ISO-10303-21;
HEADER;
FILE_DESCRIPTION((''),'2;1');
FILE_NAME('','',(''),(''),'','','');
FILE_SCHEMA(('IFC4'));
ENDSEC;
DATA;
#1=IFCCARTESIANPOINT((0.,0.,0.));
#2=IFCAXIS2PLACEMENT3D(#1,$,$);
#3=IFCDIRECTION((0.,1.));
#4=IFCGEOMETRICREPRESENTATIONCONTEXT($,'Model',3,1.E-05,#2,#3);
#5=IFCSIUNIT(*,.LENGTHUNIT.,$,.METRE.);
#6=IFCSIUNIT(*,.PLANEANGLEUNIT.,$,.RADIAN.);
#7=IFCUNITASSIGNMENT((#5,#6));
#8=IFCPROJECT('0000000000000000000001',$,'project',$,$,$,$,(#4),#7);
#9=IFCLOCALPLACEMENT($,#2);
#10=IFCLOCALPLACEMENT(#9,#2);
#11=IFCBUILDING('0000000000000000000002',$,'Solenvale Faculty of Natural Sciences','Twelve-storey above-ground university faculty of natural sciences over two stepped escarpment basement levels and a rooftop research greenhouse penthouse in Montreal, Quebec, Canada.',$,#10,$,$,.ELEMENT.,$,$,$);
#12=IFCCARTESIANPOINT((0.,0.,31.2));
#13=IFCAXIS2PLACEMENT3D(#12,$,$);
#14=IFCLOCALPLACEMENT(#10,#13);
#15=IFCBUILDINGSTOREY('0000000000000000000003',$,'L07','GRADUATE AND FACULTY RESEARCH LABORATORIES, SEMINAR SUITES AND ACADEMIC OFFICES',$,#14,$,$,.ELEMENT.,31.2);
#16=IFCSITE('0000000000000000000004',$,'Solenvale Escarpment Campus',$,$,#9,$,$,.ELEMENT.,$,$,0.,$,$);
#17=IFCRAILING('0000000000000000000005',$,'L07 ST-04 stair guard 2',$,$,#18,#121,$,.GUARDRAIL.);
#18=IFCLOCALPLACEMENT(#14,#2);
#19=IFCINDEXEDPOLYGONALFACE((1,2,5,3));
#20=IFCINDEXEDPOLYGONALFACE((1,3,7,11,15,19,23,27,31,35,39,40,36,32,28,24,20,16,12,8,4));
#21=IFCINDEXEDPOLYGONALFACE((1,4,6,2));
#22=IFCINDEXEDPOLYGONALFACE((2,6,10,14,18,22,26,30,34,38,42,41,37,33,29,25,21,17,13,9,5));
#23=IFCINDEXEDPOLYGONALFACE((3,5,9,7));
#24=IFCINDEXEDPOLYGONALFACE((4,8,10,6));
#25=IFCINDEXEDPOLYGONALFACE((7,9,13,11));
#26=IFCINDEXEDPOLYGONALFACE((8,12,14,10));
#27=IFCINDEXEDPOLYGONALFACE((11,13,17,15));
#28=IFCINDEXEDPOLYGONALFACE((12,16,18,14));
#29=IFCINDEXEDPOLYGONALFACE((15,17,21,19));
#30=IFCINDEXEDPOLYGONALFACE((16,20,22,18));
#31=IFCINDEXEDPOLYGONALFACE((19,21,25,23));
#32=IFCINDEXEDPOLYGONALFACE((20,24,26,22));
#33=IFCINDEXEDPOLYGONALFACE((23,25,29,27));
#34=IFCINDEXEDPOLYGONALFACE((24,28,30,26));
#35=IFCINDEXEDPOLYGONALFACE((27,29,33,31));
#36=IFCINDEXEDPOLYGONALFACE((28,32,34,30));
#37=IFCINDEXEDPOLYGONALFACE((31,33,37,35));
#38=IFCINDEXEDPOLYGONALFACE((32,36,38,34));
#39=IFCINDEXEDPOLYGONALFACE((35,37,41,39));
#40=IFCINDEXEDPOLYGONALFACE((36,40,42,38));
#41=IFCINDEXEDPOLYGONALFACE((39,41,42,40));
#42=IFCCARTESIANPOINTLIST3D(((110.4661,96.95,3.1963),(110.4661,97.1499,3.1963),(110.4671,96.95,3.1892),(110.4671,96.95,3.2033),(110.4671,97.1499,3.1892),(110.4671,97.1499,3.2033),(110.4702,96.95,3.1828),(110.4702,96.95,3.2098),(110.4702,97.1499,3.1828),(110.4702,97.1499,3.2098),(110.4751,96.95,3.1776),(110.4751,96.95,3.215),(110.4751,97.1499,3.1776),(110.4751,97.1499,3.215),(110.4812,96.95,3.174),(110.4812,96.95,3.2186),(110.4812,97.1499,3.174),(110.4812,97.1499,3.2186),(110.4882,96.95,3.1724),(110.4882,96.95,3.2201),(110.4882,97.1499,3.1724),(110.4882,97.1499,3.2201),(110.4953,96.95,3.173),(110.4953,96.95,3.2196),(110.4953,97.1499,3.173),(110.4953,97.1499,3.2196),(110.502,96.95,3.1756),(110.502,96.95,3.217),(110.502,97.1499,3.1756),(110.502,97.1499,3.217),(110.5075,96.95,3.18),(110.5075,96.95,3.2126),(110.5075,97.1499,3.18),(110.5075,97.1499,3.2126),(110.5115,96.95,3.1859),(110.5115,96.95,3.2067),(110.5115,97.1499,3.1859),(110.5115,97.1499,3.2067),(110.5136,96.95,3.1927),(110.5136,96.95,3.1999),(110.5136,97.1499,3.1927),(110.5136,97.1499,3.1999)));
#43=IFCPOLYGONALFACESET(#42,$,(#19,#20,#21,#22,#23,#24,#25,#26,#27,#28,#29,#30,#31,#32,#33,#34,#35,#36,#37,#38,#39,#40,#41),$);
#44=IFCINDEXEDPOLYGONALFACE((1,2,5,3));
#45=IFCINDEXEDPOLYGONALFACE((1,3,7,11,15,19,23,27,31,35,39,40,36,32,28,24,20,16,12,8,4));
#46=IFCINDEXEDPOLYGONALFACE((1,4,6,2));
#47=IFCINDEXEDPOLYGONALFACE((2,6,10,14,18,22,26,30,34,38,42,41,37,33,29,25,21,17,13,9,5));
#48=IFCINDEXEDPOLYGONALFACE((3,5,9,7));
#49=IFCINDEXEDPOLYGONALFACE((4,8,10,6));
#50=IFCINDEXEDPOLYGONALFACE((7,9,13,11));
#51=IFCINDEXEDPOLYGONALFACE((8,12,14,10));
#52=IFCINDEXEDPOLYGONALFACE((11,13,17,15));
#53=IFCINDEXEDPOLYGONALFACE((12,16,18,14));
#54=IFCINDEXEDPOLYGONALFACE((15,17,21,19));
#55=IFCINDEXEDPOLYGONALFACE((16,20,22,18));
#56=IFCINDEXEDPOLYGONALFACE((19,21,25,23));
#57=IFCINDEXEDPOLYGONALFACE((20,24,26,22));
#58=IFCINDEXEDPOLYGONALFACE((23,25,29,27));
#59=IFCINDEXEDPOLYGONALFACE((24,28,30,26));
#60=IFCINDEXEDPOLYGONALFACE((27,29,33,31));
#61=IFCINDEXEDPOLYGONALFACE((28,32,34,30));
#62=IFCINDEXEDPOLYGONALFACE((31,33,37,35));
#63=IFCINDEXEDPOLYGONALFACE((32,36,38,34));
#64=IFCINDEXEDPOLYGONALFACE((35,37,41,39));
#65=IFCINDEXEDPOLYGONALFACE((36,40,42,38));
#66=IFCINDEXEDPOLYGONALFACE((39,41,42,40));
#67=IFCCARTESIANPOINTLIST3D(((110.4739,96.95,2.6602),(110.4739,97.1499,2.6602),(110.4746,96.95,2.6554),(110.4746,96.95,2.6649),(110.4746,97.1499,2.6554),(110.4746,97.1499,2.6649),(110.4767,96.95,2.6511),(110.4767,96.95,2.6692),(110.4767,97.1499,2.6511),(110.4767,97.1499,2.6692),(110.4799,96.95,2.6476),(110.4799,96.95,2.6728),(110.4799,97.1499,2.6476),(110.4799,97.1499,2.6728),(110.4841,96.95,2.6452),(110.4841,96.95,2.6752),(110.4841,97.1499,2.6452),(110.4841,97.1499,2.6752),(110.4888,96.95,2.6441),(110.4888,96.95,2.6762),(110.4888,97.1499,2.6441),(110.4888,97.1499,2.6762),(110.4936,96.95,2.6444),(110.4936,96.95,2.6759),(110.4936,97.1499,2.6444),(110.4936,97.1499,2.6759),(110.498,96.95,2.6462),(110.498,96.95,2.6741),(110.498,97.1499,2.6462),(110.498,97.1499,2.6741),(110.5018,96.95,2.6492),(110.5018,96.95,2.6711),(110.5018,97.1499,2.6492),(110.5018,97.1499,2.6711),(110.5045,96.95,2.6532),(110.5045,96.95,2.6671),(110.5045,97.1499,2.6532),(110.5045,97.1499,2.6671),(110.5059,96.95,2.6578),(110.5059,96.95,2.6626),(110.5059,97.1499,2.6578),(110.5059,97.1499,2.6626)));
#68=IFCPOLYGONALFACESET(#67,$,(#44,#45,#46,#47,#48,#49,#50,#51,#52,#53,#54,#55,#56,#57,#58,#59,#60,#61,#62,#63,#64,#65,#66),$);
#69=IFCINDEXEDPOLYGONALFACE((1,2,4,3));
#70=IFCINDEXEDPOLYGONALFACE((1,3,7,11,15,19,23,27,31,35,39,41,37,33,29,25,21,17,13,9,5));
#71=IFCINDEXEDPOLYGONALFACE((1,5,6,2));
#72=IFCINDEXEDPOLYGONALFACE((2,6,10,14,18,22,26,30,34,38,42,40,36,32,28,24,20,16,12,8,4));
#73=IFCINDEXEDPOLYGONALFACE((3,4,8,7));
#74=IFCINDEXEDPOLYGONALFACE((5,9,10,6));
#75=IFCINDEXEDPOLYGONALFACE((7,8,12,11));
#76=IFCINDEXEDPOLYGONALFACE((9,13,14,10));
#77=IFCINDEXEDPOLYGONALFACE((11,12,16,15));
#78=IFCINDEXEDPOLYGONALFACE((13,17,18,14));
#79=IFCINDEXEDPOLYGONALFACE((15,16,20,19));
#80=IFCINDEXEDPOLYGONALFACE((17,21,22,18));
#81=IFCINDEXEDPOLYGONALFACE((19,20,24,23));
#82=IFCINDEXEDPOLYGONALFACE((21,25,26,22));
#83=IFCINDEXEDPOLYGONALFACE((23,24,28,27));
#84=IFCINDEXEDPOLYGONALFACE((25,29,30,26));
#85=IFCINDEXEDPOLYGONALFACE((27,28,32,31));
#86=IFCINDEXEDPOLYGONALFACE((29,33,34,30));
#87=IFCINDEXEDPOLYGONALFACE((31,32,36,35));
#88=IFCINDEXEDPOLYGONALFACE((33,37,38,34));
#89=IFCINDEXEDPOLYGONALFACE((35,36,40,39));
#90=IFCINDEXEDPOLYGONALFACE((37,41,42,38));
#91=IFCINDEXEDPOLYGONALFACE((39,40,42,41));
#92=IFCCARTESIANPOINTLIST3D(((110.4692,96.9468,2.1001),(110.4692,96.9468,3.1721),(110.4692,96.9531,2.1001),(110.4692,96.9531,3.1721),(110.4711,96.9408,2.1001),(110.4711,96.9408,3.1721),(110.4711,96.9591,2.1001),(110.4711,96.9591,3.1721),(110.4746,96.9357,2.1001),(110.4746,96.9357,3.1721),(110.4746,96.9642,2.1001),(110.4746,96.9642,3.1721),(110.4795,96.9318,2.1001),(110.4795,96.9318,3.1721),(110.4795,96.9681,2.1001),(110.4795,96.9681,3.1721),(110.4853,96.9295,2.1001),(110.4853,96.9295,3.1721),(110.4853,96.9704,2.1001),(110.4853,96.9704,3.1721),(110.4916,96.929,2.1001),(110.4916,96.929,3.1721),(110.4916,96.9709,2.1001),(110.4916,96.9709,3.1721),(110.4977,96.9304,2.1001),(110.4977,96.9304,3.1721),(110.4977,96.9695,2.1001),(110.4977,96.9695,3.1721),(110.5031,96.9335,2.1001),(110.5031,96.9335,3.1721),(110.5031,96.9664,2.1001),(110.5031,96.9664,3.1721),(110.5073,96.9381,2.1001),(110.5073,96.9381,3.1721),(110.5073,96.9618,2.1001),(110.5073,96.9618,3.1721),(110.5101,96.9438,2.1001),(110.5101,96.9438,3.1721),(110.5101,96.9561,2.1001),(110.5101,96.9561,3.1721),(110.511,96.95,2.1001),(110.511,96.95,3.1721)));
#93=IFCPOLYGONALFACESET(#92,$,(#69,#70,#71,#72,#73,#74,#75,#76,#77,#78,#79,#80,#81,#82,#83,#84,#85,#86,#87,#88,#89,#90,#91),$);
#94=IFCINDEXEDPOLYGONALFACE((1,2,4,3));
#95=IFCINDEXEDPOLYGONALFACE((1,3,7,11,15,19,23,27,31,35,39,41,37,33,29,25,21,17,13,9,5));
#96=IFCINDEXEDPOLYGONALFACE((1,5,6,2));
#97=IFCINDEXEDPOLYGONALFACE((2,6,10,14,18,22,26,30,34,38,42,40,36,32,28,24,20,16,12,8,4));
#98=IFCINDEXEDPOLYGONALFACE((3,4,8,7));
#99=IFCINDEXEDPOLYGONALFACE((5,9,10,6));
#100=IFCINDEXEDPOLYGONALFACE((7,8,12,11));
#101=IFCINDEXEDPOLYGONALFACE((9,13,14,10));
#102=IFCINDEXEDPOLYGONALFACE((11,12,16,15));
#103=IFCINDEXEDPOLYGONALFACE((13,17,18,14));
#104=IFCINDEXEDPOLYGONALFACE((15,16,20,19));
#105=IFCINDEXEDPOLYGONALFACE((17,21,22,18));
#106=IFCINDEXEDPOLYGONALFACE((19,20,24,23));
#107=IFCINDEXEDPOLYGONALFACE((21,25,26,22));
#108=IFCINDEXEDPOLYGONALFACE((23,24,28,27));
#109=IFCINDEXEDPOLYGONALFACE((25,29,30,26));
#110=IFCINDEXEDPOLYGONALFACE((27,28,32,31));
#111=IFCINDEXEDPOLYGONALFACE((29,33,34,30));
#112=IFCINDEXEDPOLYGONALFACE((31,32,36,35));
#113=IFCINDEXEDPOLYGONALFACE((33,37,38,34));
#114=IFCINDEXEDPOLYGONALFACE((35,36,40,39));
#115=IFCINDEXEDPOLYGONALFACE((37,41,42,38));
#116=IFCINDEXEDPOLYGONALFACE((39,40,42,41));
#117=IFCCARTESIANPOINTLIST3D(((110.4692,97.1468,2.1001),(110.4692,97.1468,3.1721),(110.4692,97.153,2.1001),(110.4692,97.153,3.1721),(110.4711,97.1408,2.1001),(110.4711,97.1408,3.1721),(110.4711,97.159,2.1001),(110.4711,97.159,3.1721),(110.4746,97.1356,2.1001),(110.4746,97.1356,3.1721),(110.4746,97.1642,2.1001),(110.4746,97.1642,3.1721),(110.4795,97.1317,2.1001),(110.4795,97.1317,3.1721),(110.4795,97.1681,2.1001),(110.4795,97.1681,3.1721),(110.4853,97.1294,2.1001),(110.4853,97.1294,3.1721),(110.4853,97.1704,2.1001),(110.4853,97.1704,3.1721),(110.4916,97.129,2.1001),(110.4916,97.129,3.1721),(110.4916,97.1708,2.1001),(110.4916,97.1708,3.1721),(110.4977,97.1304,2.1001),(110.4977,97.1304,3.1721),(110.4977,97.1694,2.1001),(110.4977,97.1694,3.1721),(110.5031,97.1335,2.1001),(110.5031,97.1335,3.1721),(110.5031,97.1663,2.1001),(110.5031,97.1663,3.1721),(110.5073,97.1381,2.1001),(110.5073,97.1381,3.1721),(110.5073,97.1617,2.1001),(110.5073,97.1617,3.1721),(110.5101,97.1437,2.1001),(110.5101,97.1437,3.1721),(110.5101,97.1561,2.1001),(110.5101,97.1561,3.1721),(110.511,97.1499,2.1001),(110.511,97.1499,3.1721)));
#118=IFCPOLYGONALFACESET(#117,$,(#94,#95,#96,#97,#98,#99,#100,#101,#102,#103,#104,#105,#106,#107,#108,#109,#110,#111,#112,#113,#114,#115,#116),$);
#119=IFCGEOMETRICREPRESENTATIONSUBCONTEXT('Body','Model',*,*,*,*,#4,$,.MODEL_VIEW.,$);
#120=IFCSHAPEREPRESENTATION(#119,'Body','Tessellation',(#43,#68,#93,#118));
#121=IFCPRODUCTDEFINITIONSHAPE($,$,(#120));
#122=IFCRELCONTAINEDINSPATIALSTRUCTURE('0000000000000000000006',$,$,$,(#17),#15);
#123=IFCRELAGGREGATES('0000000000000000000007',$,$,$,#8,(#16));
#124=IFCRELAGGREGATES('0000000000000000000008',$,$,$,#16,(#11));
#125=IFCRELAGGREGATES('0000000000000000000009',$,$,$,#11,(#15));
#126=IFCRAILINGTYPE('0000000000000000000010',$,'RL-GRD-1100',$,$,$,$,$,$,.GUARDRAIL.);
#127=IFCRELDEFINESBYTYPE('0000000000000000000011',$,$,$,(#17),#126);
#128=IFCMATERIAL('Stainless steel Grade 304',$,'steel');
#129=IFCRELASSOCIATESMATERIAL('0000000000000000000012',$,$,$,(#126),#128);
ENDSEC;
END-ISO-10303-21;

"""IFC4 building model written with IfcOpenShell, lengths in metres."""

from ifc_helpers import new_model, si_unit, direction, frame, origin, origin_2d, place, context, subcontext, project, spatial, circle, extrude, material, type_object, element, save


model = new_model("IFC4")

# Units and contexts
model_context = context("Model", 3, precision=1e-05, world=origin(), true_north=direction((0.0, 1.0)))
body_context = subcontext(model_context, "Body", "Model", "MODEL_VIEW")
ifc_project = project(units=[si_unit("LENGTHUNIT", "METRE"), si_unit("PLANEANGLEUNIT", "RADIAN")], contexts=[model_context])

# Site, building, storey
site_placement = place(None, origin())
site = spatial("IfcSite", under=ifc_project, at=site_placement, Name="Solenvale Escarpment Campus", CompositionType="ELEMENT", RefElevation=0.0)
building_placement = place(site_placement, origin())
building = spatial("IfcBuilding", under=site, at=building_placement, Name="Solenvale Faculty of Natural Sciences", Description="Twelve-storey above-ground university faculty of natural sciences over two stepped escarpment basement levels and a rooftop research greenhouse penthouse in Montreal, Quebec, Canada.", CompositionType="ELEMENT")
storey_placement = place(building_placement, frame((0.0, 0.0, 31.2)))
storey = spatial("IfcBuildingStorey", under=building, at=storey_placement, Name="L07", Description="GRADUATE AND FACULTY RESEARCH LABORATORIES, SEMINAR SUITES AND ACADEMIC OFFICES", CompositionType="ELEMENT", Elevation=31.2)

# Railing
ifc_material_1 = material(Name="Stainless steel Grade 304", Category="steel")
railing_type_1 = type_object("IfcRailingType", Name="RL-GRD-1100", PredefinedType="GUARDRAIL", material=ifc_material_1)
railing_1_placement = place(storey_placement, frame((110.49, 96.95, 2.1001)))
element("IfcRailing", 1, at=railing_1_placement, inside=storey, type_object=railing_type_1, Name="L07 ST-04 stair guard 2", PredefinedType="GUARDRAIL", context=body_context, shape_type="SweptSolid", body=[
    extrude(circle(Radius=0.0239, at=origin_2d()), frame((0.0, 0.0, 1.0962), z_axis=(0.0, 1.0, 0.0), x_axis=(-1.0, 0.0, 0.0)), (0.0, 0.0, 1.0), 0.2),
    extrude(circle(Radius=0.0161, at=origin_2d()), frame((0.0, 0.0, 0.5601), z_axis=(0.0, 1.0, 0.0), x_axis=(-1.0, 0.0, 0.0)), (0.0, 0.0, 1.0), 0.2),
    extrude(circle(Radius=0.021, at=origin_2d()), origin(), (0.0, 0.0, 1.0), 1.072),
    extrude(circle(Radius=0.021, at=origin_2d()), frame((0.0, 0.2, 0.0)), (0.0, 0.0, 1.0), 1.072),
])

save(model, "model.ifc")
